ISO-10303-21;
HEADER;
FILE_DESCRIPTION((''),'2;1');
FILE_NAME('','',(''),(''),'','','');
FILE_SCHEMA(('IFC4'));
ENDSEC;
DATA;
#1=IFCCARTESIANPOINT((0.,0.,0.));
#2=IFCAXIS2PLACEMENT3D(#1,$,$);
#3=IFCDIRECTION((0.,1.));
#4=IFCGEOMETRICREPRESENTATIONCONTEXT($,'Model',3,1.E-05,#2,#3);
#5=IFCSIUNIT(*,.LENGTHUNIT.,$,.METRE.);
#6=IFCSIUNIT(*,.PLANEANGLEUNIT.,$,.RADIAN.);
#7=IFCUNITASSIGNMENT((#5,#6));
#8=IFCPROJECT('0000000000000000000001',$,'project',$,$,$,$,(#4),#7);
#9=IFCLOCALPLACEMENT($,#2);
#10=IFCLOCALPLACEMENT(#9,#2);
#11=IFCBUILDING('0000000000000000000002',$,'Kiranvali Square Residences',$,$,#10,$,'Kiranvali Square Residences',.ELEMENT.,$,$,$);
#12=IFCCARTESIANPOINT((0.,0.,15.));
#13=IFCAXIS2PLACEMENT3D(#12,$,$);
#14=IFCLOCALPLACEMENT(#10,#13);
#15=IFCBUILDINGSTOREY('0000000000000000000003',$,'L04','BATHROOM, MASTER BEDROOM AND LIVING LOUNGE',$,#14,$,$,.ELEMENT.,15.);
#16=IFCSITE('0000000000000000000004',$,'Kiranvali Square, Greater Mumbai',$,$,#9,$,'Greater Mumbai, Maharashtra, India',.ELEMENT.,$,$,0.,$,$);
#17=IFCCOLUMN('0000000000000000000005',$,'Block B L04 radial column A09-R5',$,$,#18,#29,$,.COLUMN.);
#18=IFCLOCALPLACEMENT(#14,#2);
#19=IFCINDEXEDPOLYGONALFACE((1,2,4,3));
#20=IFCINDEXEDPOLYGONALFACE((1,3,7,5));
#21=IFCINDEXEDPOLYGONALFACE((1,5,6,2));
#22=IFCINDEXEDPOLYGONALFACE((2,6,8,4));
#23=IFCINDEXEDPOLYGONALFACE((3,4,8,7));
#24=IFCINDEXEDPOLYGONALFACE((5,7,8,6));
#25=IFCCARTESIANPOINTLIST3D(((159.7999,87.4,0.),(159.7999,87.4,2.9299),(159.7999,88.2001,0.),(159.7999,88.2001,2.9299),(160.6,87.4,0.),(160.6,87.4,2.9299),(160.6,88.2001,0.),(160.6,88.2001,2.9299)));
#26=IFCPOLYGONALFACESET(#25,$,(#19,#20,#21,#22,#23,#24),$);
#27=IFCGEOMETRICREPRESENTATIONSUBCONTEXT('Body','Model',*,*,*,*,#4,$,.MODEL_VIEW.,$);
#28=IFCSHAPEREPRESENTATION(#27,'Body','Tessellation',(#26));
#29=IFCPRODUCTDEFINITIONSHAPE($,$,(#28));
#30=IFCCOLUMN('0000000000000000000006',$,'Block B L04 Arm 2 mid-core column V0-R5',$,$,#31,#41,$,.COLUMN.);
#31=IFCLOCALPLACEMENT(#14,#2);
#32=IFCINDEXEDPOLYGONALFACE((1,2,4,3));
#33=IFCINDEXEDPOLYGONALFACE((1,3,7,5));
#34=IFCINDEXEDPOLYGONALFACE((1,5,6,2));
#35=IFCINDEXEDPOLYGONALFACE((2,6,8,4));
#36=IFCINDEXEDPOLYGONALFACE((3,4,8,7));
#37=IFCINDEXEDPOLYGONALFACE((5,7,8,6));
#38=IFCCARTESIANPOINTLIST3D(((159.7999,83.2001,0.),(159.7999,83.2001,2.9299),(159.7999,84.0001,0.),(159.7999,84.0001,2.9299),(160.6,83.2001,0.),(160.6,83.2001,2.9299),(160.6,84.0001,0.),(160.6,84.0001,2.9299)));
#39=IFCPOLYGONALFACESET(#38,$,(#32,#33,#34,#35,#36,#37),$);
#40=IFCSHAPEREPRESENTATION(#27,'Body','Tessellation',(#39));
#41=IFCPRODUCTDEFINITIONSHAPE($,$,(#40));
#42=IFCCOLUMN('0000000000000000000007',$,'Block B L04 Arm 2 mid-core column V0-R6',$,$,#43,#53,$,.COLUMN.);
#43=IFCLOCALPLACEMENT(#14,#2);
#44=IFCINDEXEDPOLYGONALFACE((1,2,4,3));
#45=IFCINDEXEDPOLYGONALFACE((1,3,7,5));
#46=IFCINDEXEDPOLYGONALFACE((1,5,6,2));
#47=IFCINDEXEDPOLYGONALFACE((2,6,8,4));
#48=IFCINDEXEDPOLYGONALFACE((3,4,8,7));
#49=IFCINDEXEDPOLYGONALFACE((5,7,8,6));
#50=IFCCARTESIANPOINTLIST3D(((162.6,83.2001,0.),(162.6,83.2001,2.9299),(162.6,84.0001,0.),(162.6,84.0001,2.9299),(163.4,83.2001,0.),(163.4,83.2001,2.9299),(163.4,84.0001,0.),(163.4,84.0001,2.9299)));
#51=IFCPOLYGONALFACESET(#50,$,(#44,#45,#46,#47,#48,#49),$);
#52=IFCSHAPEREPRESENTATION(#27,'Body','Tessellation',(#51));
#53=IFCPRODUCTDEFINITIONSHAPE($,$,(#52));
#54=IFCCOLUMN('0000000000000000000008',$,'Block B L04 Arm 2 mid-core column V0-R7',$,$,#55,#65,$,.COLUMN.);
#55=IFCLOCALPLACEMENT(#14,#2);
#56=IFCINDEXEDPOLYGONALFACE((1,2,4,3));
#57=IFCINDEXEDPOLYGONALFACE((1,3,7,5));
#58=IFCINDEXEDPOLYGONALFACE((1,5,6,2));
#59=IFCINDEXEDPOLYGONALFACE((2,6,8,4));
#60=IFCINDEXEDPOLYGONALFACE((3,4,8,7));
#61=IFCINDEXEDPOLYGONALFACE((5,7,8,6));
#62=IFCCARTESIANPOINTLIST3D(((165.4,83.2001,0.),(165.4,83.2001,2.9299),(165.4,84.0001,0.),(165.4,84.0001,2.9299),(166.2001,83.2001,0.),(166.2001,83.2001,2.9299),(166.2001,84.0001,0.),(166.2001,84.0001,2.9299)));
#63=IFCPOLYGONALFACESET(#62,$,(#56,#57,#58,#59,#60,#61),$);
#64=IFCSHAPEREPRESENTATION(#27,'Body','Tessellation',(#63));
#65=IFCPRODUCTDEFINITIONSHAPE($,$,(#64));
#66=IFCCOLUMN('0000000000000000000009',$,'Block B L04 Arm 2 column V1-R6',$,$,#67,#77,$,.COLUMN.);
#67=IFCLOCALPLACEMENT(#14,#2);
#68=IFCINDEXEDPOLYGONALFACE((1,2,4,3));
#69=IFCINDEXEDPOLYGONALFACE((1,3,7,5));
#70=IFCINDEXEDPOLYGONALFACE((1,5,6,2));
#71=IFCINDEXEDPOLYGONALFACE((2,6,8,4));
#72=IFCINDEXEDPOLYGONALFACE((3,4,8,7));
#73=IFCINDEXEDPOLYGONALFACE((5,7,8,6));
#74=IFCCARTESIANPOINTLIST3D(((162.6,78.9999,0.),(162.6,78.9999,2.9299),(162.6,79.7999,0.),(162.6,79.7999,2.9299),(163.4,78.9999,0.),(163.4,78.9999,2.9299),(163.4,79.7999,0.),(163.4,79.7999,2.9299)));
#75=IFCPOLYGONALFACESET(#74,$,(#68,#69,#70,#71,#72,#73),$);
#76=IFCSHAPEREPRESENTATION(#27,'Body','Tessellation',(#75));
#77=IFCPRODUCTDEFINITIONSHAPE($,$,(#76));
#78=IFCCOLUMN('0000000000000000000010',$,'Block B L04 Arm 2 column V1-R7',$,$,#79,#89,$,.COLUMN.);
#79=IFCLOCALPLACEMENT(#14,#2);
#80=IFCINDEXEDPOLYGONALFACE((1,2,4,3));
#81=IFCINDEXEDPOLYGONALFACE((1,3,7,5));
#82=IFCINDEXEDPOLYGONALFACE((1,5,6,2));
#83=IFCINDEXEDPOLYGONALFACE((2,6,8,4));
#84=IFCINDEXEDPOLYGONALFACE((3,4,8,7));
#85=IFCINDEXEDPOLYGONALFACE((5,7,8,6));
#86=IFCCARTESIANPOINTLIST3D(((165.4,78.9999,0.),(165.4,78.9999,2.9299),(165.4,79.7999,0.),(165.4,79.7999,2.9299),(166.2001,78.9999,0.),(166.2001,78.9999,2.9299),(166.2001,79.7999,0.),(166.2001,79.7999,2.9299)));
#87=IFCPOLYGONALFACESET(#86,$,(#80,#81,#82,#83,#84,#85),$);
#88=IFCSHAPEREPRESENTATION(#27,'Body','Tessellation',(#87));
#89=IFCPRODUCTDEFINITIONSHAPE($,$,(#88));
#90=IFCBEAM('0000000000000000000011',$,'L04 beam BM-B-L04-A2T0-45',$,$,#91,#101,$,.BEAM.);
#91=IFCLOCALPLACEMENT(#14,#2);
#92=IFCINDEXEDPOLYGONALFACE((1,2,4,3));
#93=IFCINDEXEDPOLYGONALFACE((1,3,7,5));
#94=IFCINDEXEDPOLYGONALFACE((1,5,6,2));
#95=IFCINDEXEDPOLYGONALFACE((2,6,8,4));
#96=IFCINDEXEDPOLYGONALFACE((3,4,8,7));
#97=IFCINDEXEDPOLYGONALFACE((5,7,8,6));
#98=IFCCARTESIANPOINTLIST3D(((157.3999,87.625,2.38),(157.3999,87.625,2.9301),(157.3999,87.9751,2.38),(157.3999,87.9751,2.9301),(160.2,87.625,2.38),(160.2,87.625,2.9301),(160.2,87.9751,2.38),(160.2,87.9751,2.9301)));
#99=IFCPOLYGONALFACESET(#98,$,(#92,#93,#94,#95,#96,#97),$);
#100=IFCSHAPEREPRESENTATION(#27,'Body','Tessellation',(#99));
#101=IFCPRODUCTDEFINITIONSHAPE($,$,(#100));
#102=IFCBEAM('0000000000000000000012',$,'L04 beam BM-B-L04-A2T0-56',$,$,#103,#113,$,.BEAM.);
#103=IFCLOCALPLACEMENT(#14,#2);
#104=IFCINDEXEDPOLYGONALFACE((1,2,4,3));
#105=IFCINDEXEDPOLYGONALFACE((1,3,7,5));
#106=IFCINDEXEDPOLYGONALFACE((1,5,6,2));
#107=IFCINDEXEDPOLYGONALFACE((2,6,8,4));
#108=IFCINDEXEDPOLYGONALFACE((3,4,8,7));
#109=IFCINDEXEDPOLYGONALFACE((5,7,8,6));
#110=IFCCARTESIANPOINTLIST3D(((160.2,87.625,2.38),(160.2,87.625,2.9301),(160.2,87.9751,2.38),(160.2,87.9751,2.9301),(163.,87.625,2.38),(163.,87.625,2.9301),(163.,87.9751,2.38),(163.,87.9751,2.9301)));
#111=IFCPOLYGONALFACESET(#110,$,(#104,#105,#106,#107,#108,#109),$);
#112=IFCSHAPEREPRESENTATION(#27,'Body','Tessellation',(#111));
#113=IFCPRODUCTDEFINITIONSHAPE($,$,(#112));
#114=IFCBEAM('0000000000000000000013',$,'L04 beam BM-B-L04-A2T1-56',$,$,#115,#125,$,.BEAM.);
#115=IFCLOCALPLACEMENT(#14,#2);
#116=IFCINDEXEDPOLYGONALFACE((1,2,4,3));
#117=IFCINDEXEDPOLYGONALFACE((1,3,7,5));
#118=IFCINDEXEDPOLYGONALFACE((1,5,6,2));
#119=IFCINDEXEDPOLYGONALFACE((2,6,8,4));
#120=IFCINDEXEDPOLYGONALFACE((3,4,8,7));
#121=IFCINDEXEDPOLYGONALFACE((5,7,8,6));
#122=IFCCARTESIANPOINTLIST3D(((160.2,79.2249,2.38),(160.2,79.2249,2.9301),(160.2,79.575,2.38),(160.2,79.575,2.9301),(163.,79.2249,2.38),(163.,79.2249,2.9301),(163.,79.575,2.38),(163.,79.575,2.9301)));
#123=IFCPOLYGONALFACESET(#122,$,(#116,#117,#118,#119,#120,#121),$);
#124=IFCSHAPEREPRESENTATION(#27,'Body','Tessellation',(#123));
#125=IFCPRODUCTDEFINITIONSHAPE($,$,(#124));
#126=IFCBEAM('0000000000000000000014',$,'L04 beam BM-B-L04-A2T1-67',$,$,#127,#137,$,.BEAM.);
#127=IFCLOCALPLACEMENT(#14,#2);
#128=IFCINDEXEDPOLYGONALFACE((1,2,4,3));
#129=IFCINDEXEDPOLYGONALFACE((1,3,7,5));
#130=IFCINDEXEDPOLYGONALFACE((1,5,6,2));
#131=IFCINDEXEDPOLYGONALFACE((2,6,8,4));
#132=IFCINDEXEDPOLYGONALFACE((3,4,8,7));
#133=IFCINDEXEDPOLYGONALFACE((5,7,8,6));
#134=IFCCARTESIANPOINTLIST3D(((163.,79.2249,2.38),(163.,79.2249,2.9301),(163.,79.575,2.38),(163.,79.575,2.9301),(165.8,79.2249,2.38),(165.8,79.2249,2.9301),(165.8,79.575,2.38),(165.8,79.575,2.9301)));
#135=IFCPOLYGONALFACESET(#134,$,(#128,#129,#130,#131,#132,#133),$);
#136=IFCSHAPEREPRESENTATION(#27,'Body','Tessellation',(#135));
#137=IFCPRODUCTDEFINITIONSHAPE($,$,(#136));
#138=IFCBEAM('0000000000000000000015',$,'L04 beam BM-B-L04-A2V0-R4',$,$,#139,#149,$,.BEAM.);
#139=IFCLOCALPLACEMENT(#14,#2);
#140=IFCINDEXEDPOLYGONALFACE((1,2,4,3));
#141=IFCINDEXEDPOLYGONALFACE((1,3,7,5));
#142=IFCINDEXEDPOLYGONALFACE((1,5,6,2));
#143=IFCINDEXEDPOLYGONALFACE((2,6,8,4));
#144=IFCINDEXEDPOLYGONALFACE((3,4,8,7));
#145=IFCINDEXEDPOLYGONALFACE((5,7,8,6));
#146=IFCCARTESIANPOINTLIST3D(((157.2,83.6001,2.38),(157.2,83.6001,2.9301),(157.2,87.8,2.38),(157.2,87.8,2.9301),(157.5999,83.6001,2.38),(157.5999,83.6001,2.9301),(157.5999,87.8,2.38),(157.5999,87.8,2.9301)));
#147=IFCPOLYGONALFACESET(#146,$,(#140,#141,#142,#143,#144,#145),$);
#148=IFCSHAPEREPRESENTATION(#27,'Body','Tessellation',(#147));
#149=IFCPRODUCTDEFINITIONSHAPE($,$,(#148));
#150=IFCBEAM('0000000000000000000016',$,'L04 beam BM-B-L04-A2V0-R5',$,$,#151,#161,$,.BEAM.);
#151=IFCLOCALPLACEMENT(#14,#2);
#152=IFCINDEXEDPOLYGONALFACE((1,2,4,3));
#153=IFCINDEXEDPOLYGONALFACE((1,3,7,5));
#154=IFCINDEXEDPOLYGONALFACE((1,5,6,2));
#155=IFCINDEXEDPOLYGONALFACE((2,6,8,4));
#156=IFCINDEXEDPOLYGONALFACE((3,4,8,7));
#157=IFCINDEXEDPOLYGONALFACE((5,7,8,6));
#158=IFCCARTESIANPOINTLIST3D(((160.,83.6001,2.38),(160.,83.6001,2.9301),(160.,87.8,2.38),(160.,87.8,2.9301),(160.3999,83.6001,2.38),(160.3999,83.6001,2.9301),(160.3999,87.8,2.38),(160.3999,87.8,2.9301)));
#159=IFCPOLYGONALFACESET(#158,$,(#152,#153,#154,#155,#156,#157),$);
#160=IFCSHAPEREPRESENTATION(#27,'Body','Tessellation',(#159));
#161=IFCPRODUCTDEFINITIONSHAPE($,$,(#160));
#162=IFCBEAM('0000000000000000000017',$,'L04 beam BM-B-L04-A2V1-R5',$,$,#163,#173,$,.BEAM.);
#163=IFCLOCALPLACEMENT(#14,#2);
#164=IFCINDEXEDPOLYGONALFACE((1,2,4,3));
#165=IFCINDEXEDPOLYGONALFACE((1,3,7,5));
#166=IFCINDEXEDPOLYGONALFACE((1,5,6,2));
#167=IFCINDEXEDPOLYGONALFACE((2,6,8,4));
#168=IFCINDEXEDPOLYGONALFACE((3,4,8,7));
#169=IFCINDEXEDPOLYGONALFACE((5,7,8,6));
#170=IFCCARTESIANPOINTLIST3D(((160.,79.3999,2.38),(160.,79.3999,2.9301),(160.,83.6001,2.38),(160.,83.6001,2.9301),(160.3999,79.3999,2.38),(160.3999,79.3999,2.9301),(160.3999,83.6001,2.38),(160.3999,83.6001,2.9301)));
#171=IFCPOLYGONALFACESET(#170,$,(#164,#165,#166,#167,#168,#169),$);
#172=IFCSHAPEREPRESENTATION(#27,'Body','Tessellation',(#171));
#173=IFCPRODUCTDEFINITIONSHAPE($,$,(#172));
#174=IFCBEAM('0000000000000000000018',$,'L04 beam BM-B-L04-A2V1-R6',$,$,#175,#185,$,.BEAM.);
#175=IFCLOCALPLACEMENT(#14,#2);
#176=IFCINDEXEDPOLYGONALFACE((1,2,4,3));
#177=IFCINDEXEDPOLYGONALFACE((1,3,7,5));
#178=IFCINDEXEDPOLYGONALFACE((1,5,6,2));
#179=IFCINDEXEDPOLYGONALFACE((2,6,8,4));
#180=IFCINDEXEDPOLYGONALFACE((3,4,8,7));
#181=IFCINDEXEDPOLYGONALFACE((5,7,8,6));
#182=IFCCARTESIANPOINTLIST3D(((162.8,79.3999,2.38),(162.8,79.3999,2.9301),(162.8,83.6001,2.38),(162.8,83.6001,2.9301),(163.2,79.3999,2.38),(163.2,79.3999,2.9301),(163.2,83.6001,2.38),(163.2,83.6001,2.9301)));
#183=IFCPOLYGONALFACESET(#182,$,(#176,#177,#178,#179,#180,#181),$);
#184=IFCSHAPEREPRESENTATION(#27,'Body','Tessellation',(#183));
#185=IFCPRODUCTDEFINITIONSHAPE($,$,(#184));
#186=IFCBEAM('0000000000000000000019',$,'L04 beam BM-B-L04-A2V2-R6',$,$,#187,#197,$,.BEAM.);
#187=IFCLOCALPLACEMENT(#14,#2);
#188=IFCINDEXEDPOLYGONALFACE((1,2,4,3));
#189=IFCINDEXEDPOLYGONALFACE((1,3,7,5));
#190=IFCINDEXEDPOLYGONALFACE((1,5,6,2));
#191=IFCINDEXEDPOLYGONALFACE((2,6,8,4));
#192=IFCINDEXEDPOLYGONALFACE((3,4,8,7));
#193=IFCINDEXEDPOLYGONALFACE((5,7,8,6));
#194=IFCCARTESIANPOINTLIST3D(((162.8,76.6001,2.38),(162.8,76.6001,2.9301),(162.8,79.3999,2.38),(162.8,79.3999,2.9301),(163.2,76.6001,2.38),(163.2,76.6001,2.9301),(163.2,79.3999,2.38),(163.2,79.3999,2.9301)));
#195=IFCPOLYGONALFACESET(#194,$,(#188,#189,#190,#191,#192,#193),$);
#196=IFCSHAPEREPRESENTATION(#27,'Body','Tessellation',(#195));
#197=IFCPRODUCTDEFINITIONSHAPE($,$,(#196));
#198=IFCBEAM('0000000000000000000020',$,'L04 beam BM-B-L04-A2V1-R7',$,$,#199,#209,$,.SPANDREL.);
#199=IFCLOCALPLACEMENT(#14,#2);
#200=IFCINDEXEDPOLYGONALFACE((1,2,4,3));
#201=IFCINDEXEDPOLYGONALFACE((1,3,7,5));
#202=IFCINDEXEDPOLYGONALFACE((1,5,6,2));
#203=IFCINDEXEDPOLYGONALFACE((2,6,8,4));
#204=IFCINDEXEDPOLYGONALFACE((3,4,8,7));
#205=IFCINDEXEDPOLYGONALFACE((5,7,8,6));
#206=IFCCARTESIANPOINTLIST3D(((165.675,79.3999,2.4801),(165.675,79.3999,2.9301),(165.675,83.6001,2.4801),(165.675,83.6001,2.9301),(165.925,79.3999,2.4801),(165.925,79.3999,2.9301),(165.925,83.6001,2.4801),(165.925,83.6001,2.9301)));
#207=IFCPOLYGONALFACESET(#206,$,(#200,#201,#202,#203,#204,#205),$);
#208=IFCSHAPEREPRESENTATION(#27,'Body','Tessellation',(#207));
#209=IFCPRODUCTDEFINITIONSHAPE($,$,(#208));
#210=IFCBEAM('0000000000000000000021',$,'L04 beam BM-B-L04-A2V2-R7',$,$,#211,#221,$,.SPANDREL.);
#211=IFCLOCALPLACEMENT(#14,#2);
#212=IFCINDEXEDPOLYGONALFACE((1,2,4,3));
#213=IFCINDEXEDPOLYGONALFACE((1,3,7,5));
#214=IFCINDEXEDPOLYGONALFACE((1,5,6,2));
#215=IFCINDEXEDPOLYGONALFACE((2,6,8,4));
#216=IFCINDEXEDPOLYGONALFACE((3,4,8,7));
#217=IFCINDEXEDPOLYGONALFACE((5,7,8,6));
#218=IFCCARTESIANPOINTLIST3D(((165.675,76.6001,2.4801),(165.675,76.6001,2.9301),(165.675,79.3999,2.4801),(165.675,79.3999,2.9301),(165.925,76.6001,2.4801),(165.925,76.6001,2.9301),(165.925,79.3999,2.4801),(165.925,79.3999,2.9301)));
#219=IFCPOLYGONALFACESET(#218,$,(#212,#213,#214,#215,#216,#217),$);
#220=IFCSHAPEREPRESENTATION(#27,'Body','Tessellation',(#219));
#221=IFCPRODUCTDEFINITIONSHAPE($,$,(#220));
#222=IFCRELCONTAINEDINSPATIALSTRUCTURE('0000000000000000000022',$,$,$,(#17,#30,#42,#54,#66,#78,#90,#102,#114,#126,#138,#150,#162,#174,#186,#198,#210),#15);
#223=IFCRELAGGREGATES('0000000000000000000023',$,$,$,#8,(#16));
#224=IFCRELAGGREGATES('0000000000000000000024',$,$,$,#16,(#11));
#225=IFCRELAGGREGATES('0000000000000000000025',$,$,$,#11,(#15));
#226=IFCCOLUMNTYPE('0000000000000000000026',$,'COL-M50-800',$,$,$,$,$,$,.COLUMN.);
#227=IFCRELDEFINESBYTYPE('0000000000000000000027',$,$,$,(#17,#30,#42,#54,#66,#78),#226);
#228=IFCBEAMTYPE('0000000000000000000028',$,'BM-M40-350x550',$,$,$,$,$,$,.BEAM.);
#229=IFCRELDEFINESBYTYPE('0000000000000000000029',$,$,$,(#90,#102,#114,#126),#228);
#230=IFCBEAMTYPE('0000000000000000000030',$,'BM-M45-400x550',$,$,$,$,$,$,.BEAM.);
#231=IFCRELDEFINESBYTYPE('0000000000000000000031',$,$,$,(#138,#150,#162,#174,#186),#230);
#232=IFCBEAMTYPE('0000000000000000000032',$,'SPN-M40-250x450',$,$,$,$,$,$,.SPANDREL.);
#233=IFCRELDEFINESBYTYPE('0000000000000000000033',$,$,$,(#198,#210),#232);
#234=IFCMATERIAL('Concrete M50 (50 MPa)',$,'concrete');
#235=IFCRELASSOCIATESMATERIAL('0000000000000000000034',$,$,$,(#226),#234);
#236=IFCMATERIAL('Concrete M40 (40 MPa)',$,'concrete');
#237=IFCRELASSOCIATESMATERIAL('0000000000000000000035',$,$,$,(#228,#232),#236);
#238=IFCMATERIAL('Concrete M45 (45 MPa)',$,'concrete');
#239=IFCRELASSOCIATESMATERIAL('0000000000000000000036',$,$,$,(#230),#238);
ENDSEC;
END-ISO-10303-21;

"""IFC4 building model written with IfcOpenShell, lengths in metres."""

from ifc_helpers import new_model, si_unit, direction, frame, origin, origin_2d, place, context, subcontext, project, spatial, rectangle, extrude, material, material_profile, profile_set, type_object, element, save


model = new_model("IFC4")

# Units and contexts
model_context = context("Model", 3, precision=1e-05, world=origin(), true_north=direction((0.0, 1.0)))
body_context = subcontext(model_context, "Body", "Model", "MODEL_VIEW")
ifc_project = project(units=[si_unit("LENGTHUNIT", "METRE"), si_unit("PLANEANGLEUNIT", "RADIAN")], contexts=[model_context])

# Site, building, storey
site_placement = place(None, origin())
site = spatial("IfcSite", under=ifc_project, at=site_placement, Name="Kiranvali Square, Greater Mumbai", LongName="Greater Mumbai, Maharashtra, India", CompositionType="ELEMENT", RefElevation=0.0)
building_placement = place(site_placement, origin())
building = spatial("IfcBuilding", under=site, at=building_placement, Name="Kiranvali Square Residences", LongName="Kiranvali Square Residences", CompositionType="ELEMENT")
storey_placement = place(building_placement, frame((0.0, 0.0, 15.0)))
storey = spatial("IfcBuildingStorey", under=building, at=storey_placement, Name="L04", Description="BATHROOM, MASTER BEDROOM AND LIVING LOUNGE", CompositionType="ELEMENT", Elevation=15.0)

# Columns
ifc_material_1 = material(Name="Concrete M50 (50 MPa)", Category="concrete")
ifc_material_profile_1 = material_profile(ifc_material_1, rectangle(XDim=0.8, YDim=0.8, at=origin_2d()), Name="RC 800x800")
ifc_profile_set_1 = profile_set([ifc_material_profile_1], Name="Concrete M50 (50 MPa)")
column_type = type_object("IfcColumnType", Name="COL-M50-800", PredefinedType="COLUMN", material=ifc_profile_set_1)
for number, where, z_axis, x_axis, name in (
    (1, (160.2, 87.8, 0.0), (0.0, 0.0, 1.0), (0.0, 1.0, 0.0), "Block B L04 radial column A09-R5"),
    (2, (160.2, 83.6001, 0.0), (0.0, 0.0, 1.0), (1.0, 0.0, 0.0), "Block B L04 Arm 2 mid-core column V0-R5"),
    (3, (163.0, 83.6001, 0.0), (0.0, 0.0, 1.0), (1.0, 0.0, 0.0), "Block B L04 Arm 2 mid-core column V0-R6"),
    (4, (165.8, 83.6001, 0.0), (0.0, 0.0, 1.0), (1.0, 0.0, 0.0), "Block B L04 Arm 2 mid-core column V0-R7"),
    (5, (163.0, 79.3999, 0.0), (0.0, 0.0, 1.0), (1.0, 0.0, 0.0), "Block B L04 Arm 2 column V1-R6"),
    (6, (165.8, 79.3999, 0.0), (0.0, 0.0, 1.0), (1.0, 0.0, 0.0), "Block B L04 Arm 2 column V1-R7"),
):
    element("IfcColumn", number, at=place(storey_placement, frame(where, z_axis=z_axis, x_axis=x_axis)), inside=storey, type_object=column_type, Name=name, PredefinedType="COLUMN", context=body_context, shape_type="SweptSolid", body=[
        extrude(rectangle(XDim=0.8, YDim=0.8, at=origin_2d()), origin(), (0.0, 0.0, 1.0), 2.9299),
    ])

# Beams
ifc_material_2 = material(Name="Concrete M40 (40 MPa)", Category="concrete")
ifc_material_profile_2 = material_profile(ifc_material_2, rectangle(XDim=0.3501, YDim=0.55, at=origin_2d()), Name="RC 350x550")
ifc_profile_set_2 = profile_set([ifc_material_profile_2], Name="Concrete M40 (40 MPa)")
beam_type_1 = type_object("IfcBeamType", Name="BM-M40-350x550", PredefinedType="BEAM", material=ifc_profile_set_2)
for number, where, z_axis, x_axis, name in (
    (7, (157.3999, 87.8, 2.655), (1.0, 0.0, 0.0), (0.0, 1.0, 0.0), "L04 beam BM-B-L04-A2T0-45"),
    (8, (160.2, 87.8, 2.655), (1.0, 0.0, 0.0), (0.0, 1.0, 0.0), "L04 beam BM-B-L04-A2T0-56"),
    (9, (160.2, 79.3999, 2.655), (1.0, 0.0, 0.0), (0.0, 1.0, 0.0), "L04 beam BM-B-L04-A2T1-56"),
    (10, (163.0, 79.3999, 2.655), (1.0, 0.0, 0.0), (0.0, 1.0, 0.0), "L04 beam BM-B-L04-A2T1-67"),
):
    element("IfcBeam", number, at=place(storey_placement, frame(where, z_axis=z_axis, x_axis=x_axis)), inside=storey, type_object=beam_type_1, Name=name, PredefinedType="BEAM", context=body_context, shape_type="SweptSolid", body=[
        extrude(rectangle(XDim=0.3501, YDim=0.55, at=origin_2d()), origin(), (0.0, 0.0, 1.0), 2.8),
    ])
ifc_material_3 = material(Name="Concrete M45 (45 MPa)", Category="concrete")
ifc_material_profile_3 = material_profile(ifc_material_3, rectangle(XDim=0.3999, YDim=0.55, at=origin_2d()), Name="RC 400x550")
ifc_profile_set_3 = profile_set([ifc_material_profile_3], Name="Concrete M45 (45 MPa)")
beam_type_2 = type_object("IfcBeamType", Name="BM-M45-400x550", PredefinedType="BEAM", material=ifc_profile_set_3)
for number, where, z_axis, x_axis, name in (
    (11, (157.3999, 87.8, 2.655), (0.0, -1.0, 0.0), (1.0, 0.0, 0.0), "L04 beam BM-B-L04-A2V0-R4"),
    (12, (160.2, 87.8, 2.655), (0.0, -1.0, 0.0), (1.0, 0.0, 0.0), "L04 beam BM-B-L04-A2V0-R5"),
):
    element("IfcBeam", number, at=place(storey_placement, frame(where, z_axis=z_axis, x_axis=x_axis)), inside=storey, type_object=beam_type_2, Name=name, PredefinedType="BEAM", context=body_context, shape_type="SweptSolid", body=[
        extrude(rectangle(XDim=0.3999, YDim=0.55, at=origin_2d()), origin(), (0.0, 0.0, 1.0), 4.2),
    ])
for number, where, z_axis, x_axis, name in (
    (13, (160.2, 83.6001, 2.655), (0.0, -1.0, 0.0), (1.0, 0.0, 0.0), "L04 beam BM-B-L04-A2V1-R5"),
    (14, (163.0, 83.6001, 2.655), (0.0, -1.0, 0.0), (1.0, 0.0, 0.0), "L04 beam BM-B-L04-A2V1-R6"),
):
    element("IfcBeam", number, at=place(storey_placement, frame(where, z_axis=z_axis, x_axis=x_axis)), inside=storey, type_object=beam_type_2, Name=name, PredefinedType="BEAM", context=body_context, shape_type="SweptSolid", body=[
        extrude(rectangle(XDim=0.3999, YDim=0.55, at=origin_2d()), origin(), (0.0, 0.0, 1.0), 4.2002),
    ])
beam_1_placement = place(storey_placement, frame((163.0, 79.3999, 2.655), z_axis=(0.0, -1.0, 0.0), x_axis=(1.0, 0.0, 0.0)))
element("IfcBeam", 15, at=beam_1_placement, inside=storey, type_object=beam_type_2, Name="L04 beam BM-B-L04-A2V2-R6", PredefinedType="BEAM", context=body_context, shape_type="SweptSolid", body=[
    extrude(rectangle(XDim=0.3999, YDim=0.55, at=origin_2d()), origin(), (0.0, 0.0, 1.0), 2.7998),
])
ifc_material_profile_4 = material_profile(ifc_material_2, rectangle(XDim=0.25, YDim=0.45, at=origin_2d()), Name="RC 250x450")
ifc_profile_set_4 = profile_set([ifc_material_profile_4], Name="Concrete M40 (40 MPa)")
beam_type_3 = type_object("IfcBeamType", Name="SPN-M40-250x450", PredefinedType="SPANDREL", material=ifc_profile_set_4)
beam_2_placement = place(storey_placement, frame((165.8, 83.6001, 2.7051), z_axis=(0.0, -1.0, 0.0), x_axis=(1.0, 0.0, 0.0)))
element("IfcBeam", 16, at=beam_2_placement, inside=storey, type_object=beam_type_3, Name="L04 beam BM-B-L04-A2V1-R7", PredefinedType="SPANDREL", context=body_context, shape_type="SweptSolid", body=[
    extrude(rectangle(XDim=0.25, YDim=0.45, at=origin_2d()), origin(), (0.0, 0.0, 1.0), 4.2002),
])
beam_3_placement = place(storey_placement, frame((165.8, 79.3999, 2.7051), z_axis=(0.0, -1.0, 0.0), x_axis=(1.0, 0.0, 0.0)))
element("IfcBeam", 17, at=beam_3_placement, inside=storey, type_object=beam_type_3, Name="L04 beam BM-B-L04-A2V2-R7", PredefinedType="SPANDREL", context=body_context, shape_type="SweptSolid", body=[
    extrude(rectangle(XDim=0.25, YDim=0.45, at=origin_2d()), origin(), (0.0, 0.0, 1.0), 2.7998),
])

save(model, "model.ifc")
